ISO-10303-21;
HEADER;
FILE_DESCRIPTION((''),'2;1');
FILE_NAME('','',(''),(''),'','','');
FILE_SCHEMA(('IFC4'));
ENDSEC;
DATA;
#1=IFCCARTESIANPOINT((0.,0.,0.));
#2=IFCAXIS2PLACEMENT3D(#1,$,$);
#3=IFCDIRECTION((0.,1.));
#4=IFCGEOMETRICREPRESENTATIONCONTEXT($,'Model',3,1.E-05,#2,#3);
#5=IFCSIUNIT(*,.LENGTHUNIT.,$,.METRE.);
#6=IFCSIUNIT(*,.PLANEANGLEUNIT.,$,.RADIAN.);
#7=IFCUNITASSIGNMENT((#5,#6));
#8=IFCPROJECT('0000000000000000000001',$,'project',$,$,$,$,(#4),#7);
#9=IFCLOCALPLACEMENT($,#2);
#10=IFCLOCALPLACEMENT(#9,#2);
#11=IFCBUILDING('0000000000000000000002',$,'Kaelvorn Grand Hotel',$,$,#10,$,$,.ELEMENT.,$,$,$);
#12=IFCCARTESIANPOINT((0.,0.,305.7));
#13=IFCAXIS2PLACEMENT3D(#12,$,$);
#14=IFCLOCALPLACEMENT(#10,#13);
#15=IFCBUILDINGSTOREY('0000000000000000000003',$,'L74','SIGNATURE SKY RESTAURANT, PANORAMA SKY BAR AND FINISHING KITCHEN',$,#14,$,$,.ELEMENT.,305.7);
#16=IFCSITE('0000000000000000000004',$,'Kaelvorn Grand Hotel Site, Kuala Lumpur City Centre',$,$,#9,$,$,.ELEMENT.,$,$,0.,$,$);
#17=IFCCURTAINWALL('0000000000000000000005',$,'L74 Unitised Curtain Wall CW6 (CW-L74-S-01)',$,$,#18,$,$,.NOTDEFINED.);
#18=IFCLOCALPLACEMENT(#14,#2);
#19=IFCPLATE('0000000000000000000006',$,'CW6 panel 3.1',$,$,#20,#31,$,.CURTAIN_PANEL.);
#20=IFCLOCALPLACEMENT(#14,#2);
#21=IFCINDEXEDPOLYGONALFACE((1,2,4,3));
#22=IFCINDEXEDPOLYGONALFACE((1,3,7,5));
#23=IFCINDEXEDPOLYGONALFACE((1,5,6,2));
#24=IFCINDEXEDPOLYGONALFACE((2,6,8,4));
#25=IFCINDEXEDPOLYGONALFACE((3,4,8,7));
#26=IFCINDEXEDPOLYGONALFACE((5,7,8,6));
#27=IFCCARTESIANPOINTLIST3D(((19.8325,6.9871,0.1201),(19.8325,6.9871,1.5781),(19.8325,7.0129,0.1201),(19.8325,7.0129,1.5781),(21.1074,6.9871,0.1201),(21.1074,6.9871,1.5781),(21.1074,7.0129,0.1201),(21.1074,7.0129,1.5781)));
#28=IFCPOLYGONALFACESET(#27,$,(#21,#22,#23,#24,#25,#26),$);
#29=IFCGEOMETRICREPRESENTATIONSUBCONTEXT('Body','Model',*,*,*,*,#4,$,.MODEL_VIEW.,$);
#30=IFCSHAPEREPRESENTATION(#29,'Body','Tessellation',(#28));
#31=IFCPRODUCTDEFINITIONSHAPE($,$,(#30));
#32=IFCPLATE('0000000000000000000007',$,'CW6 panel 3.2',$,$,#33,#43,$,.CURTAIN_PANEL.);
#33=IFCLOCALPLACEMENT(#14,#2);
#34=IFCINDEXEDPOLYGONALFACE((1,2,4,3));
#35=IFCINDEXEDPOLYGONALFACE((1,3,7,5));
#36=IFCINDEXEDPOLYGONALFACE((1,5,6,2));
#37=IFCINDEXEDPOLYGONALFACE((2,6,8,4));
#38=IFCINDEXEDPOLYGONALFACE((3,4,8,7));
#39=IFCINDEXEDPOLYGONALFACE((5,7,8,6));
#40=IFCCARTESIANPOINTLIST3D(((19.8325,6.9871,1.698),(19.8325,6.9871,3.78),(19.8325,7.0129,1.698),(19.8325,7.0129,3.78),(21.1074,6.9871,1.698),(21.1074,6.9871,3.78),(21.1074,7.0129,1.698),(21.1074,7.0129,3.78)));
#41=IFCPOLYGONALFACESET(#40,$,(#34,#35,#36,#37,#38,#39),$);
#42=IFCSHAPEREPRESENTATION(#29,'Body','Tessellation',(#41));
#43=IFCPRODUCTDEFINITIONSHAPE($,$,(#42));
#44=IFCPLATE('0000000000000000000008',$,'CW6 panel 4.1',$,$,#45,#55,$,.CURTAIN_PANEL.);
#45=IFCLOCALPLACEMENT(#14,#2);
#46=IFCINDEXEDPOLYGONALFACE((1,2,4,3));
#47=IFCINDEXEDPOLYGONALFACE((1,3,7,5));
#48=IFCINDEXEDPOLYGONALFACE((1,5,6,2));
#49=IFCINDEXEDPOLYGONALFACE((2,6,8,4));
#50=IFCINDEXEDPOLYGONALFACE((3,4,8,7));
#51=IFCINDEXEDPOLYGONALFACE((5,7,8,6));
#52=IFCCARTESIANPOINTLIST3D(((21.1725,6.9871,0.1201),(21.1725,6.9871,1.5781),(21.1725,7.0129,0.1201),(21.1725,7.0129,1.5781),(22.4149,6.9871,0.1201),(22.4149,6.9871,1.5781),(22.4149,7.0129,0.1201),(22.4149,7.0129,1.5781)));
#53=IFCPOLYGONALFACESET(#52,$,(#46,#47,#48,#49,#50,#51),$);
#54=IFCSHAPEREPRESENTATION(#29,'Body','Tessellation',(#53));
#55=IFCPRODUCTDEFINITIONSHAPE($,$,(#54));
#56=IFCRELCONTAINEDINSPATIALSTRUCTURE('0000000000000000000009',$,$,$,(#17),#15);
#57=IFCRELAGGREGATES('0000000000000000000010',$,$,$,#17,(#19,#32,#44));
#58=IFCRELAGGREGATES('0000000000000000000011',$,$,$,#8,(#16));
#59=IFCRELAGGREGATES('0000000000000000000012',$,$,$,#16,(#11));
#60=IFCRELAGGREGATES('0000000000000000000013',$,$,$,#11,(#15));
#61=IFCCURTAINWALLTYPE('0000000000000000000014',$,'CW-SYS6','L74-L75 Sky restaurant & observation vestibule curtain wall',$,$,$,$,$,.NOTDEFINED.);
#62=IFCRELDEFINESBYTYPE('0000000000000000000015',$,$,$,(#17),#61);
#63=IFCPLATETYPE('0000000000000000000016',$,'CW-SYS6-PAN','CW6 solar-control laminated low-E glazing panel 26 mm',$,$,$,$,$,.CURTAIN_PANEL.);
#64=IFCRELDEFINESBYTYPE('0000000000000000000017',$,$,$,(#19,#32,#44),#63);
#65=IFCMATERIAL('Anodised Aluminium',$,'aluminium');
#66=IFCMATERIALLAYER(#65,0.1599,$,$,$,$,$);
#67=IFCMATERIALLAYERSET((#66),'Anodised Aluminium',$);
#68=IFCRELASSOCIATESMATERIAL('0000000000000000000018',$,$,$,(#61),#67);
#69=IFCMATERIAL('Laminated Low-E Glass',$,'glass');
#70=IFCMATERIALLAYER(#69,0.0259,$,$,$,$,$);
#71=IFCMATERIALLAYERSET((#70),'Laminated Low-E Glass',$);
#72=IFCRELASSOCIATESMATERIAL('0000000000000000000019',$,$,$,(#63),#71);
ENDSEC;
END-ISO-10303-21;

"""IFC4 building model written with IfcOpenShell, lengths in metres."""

from ifc_helpers import new_model, si_unit, direction, frame, origin, origin_2d, place, context, subcontext, project, spatial, rectangle, extrude, material, layer, layer_set, type_object, element, aggregate, save


model = new_model("IFC4")

# Units and contexts
model_context = context("Model", 3, precision=1e-05, world=origin(), true_north=direction((0.0, 1.0)))
body_context = subcontext(model_context, "Body", "Model", "MODEL_VIEW")
ifc_project = project(units=[si_unit("LENGTHUNIT", "METRE"), si_unit("PLANEANGLEUNIT", "RADIAN")], contexts=[model_context])

# Site, building, storey
site_placement = place(None, origin())
site = spatial("IfcSite", under=ifc_project, at=site_placement, Name="Kaelvorn Grand Hotel Site, Kuala Lumpur City Centre", CompositionType="ELEMENT", RefElevation=0.0)
building_placement = place(site_placement, origin())
building = spatial("IfcBuilding", under=site, at=building_placement, Name="Kaelvorn Grand Hotel", CompositionType="ELEMENT")
storey_placement = place(building_placement, frame((0.0, 0.0, 305.7)))
storey = spatial("IfcBuildingStorey", under=building, at=storey_placement, Name="L74", Description="SIGNATURE SKY RESTAURANT, PANORAMA SKY BAR AND FINISHING KITCHEN", CompositionType="ELEMENT", Elevation=305.7)

# Curtain wall, plates
ifc_material_1 = material(Name="Anodised Aluminium", Category="aluminium")
ifc_layer_1 = layer(ifc_material_1, 0.1599)
ifc_layer_set_1 = layer_set([ifc_layer_1], Name="Anodised Aluminium")
curtain_wall_type = type_object("IfcCurtainWallType", Name="CW-SYS6", Description="L74-L75 Sky restaurant & observation vestibule curtain wall", PredefinedType="NOTDEFINED", material=ifc_layer_set_1)
curtain_wall_placement = place(storey_placement, origin())
curtain_wall = element("IfcCurtainWall", 1, at=curtain_wall_placement, inside=storey, type_object=curtain_wall_type, Name="L74 Unitised Curtain Wall CW6 (CW-L74-S-01)", PredefinedType="NOTDEFINED")
ifc_material_2 = material(Name="Laminated Low-E Glass", Category="glass")
ifc_layer_2 = layer(ifc_material_2, 0.0259)
ifc_layer_set_2 = layer_set([ifc_layer_2], Name="Laminated Low-E Glass")
plate_type = type_object("IfcPlateType", Name="CW-SYS6-PAN", Description="CW6 solar-control laminated low-E glazing panel 26 mm", PredefinedType="CURTAIN_PANEL", material=ifc_layer_set_2)
plate_1_placement = place(storey_placement, frame((20.47, 7.0, 0.1201), z_axis=(0.0, 0.0, 1.0), x_axis=(1.0, 0.0, 0.0)))
plate_1 = element("IfcPlate", 2, at=plate_1_placement, type_object=plate_type, Name="CW6 panel 3.1", PredefinedType="CURTAIN_PANEL", context=body_context, shape_type="SweptSolid", body=[
    extrude(rectangle(XDim=1.2749, YDim=0.0259, at=origin_2d()), origin(), (0.0, 0.0, 1.0), 1.458),
])
plate_2_placement = place(storey_placement, frame((20.47, 7.0, 1.698), z_axis=(0.0, 0.0, 1.0), x_axis=(1.0, 0.0, 0.0)))
plate_2 = element("IfcPlate", 3, at=plate_2_placement, type_object=plate_type, Name="CW6 panel 3.2", PredefinedType="CURTAIN_PANEL", context=body_context, shape_type="SweptSolid", body=[
    extrude(rectangle(XDim=1.2749, YDim=0.0259, at=origin_2d()), origin(), (0.0, 0.0, 1.0), 2.082),
])
plate_3_placement = place(storey_placement, frame((21.7937, 7.0, 0.1201), z_axis=(0.0, 0.0, 1.0), x_axis=(1.0, 0.0, 0.0)))
plate_3 = element("IfcPlate", 4, at=plate_3_placement, type_object=plate_type, Name="CW6 panel 4.1", PredefinedType="CURTAIN_PANEL", context=body_context, shape_type="SweptSolid", body=[
    extrude(rectangle(XDim=1.2424, YDim=0.0259, at=origin_2d()), origin(), (0.0, 0.0, 1.0), 1.458),
])
aggregate(curtain_wall, [plate_1, plate_2, plate_3])

save(model, "model.ifc")
